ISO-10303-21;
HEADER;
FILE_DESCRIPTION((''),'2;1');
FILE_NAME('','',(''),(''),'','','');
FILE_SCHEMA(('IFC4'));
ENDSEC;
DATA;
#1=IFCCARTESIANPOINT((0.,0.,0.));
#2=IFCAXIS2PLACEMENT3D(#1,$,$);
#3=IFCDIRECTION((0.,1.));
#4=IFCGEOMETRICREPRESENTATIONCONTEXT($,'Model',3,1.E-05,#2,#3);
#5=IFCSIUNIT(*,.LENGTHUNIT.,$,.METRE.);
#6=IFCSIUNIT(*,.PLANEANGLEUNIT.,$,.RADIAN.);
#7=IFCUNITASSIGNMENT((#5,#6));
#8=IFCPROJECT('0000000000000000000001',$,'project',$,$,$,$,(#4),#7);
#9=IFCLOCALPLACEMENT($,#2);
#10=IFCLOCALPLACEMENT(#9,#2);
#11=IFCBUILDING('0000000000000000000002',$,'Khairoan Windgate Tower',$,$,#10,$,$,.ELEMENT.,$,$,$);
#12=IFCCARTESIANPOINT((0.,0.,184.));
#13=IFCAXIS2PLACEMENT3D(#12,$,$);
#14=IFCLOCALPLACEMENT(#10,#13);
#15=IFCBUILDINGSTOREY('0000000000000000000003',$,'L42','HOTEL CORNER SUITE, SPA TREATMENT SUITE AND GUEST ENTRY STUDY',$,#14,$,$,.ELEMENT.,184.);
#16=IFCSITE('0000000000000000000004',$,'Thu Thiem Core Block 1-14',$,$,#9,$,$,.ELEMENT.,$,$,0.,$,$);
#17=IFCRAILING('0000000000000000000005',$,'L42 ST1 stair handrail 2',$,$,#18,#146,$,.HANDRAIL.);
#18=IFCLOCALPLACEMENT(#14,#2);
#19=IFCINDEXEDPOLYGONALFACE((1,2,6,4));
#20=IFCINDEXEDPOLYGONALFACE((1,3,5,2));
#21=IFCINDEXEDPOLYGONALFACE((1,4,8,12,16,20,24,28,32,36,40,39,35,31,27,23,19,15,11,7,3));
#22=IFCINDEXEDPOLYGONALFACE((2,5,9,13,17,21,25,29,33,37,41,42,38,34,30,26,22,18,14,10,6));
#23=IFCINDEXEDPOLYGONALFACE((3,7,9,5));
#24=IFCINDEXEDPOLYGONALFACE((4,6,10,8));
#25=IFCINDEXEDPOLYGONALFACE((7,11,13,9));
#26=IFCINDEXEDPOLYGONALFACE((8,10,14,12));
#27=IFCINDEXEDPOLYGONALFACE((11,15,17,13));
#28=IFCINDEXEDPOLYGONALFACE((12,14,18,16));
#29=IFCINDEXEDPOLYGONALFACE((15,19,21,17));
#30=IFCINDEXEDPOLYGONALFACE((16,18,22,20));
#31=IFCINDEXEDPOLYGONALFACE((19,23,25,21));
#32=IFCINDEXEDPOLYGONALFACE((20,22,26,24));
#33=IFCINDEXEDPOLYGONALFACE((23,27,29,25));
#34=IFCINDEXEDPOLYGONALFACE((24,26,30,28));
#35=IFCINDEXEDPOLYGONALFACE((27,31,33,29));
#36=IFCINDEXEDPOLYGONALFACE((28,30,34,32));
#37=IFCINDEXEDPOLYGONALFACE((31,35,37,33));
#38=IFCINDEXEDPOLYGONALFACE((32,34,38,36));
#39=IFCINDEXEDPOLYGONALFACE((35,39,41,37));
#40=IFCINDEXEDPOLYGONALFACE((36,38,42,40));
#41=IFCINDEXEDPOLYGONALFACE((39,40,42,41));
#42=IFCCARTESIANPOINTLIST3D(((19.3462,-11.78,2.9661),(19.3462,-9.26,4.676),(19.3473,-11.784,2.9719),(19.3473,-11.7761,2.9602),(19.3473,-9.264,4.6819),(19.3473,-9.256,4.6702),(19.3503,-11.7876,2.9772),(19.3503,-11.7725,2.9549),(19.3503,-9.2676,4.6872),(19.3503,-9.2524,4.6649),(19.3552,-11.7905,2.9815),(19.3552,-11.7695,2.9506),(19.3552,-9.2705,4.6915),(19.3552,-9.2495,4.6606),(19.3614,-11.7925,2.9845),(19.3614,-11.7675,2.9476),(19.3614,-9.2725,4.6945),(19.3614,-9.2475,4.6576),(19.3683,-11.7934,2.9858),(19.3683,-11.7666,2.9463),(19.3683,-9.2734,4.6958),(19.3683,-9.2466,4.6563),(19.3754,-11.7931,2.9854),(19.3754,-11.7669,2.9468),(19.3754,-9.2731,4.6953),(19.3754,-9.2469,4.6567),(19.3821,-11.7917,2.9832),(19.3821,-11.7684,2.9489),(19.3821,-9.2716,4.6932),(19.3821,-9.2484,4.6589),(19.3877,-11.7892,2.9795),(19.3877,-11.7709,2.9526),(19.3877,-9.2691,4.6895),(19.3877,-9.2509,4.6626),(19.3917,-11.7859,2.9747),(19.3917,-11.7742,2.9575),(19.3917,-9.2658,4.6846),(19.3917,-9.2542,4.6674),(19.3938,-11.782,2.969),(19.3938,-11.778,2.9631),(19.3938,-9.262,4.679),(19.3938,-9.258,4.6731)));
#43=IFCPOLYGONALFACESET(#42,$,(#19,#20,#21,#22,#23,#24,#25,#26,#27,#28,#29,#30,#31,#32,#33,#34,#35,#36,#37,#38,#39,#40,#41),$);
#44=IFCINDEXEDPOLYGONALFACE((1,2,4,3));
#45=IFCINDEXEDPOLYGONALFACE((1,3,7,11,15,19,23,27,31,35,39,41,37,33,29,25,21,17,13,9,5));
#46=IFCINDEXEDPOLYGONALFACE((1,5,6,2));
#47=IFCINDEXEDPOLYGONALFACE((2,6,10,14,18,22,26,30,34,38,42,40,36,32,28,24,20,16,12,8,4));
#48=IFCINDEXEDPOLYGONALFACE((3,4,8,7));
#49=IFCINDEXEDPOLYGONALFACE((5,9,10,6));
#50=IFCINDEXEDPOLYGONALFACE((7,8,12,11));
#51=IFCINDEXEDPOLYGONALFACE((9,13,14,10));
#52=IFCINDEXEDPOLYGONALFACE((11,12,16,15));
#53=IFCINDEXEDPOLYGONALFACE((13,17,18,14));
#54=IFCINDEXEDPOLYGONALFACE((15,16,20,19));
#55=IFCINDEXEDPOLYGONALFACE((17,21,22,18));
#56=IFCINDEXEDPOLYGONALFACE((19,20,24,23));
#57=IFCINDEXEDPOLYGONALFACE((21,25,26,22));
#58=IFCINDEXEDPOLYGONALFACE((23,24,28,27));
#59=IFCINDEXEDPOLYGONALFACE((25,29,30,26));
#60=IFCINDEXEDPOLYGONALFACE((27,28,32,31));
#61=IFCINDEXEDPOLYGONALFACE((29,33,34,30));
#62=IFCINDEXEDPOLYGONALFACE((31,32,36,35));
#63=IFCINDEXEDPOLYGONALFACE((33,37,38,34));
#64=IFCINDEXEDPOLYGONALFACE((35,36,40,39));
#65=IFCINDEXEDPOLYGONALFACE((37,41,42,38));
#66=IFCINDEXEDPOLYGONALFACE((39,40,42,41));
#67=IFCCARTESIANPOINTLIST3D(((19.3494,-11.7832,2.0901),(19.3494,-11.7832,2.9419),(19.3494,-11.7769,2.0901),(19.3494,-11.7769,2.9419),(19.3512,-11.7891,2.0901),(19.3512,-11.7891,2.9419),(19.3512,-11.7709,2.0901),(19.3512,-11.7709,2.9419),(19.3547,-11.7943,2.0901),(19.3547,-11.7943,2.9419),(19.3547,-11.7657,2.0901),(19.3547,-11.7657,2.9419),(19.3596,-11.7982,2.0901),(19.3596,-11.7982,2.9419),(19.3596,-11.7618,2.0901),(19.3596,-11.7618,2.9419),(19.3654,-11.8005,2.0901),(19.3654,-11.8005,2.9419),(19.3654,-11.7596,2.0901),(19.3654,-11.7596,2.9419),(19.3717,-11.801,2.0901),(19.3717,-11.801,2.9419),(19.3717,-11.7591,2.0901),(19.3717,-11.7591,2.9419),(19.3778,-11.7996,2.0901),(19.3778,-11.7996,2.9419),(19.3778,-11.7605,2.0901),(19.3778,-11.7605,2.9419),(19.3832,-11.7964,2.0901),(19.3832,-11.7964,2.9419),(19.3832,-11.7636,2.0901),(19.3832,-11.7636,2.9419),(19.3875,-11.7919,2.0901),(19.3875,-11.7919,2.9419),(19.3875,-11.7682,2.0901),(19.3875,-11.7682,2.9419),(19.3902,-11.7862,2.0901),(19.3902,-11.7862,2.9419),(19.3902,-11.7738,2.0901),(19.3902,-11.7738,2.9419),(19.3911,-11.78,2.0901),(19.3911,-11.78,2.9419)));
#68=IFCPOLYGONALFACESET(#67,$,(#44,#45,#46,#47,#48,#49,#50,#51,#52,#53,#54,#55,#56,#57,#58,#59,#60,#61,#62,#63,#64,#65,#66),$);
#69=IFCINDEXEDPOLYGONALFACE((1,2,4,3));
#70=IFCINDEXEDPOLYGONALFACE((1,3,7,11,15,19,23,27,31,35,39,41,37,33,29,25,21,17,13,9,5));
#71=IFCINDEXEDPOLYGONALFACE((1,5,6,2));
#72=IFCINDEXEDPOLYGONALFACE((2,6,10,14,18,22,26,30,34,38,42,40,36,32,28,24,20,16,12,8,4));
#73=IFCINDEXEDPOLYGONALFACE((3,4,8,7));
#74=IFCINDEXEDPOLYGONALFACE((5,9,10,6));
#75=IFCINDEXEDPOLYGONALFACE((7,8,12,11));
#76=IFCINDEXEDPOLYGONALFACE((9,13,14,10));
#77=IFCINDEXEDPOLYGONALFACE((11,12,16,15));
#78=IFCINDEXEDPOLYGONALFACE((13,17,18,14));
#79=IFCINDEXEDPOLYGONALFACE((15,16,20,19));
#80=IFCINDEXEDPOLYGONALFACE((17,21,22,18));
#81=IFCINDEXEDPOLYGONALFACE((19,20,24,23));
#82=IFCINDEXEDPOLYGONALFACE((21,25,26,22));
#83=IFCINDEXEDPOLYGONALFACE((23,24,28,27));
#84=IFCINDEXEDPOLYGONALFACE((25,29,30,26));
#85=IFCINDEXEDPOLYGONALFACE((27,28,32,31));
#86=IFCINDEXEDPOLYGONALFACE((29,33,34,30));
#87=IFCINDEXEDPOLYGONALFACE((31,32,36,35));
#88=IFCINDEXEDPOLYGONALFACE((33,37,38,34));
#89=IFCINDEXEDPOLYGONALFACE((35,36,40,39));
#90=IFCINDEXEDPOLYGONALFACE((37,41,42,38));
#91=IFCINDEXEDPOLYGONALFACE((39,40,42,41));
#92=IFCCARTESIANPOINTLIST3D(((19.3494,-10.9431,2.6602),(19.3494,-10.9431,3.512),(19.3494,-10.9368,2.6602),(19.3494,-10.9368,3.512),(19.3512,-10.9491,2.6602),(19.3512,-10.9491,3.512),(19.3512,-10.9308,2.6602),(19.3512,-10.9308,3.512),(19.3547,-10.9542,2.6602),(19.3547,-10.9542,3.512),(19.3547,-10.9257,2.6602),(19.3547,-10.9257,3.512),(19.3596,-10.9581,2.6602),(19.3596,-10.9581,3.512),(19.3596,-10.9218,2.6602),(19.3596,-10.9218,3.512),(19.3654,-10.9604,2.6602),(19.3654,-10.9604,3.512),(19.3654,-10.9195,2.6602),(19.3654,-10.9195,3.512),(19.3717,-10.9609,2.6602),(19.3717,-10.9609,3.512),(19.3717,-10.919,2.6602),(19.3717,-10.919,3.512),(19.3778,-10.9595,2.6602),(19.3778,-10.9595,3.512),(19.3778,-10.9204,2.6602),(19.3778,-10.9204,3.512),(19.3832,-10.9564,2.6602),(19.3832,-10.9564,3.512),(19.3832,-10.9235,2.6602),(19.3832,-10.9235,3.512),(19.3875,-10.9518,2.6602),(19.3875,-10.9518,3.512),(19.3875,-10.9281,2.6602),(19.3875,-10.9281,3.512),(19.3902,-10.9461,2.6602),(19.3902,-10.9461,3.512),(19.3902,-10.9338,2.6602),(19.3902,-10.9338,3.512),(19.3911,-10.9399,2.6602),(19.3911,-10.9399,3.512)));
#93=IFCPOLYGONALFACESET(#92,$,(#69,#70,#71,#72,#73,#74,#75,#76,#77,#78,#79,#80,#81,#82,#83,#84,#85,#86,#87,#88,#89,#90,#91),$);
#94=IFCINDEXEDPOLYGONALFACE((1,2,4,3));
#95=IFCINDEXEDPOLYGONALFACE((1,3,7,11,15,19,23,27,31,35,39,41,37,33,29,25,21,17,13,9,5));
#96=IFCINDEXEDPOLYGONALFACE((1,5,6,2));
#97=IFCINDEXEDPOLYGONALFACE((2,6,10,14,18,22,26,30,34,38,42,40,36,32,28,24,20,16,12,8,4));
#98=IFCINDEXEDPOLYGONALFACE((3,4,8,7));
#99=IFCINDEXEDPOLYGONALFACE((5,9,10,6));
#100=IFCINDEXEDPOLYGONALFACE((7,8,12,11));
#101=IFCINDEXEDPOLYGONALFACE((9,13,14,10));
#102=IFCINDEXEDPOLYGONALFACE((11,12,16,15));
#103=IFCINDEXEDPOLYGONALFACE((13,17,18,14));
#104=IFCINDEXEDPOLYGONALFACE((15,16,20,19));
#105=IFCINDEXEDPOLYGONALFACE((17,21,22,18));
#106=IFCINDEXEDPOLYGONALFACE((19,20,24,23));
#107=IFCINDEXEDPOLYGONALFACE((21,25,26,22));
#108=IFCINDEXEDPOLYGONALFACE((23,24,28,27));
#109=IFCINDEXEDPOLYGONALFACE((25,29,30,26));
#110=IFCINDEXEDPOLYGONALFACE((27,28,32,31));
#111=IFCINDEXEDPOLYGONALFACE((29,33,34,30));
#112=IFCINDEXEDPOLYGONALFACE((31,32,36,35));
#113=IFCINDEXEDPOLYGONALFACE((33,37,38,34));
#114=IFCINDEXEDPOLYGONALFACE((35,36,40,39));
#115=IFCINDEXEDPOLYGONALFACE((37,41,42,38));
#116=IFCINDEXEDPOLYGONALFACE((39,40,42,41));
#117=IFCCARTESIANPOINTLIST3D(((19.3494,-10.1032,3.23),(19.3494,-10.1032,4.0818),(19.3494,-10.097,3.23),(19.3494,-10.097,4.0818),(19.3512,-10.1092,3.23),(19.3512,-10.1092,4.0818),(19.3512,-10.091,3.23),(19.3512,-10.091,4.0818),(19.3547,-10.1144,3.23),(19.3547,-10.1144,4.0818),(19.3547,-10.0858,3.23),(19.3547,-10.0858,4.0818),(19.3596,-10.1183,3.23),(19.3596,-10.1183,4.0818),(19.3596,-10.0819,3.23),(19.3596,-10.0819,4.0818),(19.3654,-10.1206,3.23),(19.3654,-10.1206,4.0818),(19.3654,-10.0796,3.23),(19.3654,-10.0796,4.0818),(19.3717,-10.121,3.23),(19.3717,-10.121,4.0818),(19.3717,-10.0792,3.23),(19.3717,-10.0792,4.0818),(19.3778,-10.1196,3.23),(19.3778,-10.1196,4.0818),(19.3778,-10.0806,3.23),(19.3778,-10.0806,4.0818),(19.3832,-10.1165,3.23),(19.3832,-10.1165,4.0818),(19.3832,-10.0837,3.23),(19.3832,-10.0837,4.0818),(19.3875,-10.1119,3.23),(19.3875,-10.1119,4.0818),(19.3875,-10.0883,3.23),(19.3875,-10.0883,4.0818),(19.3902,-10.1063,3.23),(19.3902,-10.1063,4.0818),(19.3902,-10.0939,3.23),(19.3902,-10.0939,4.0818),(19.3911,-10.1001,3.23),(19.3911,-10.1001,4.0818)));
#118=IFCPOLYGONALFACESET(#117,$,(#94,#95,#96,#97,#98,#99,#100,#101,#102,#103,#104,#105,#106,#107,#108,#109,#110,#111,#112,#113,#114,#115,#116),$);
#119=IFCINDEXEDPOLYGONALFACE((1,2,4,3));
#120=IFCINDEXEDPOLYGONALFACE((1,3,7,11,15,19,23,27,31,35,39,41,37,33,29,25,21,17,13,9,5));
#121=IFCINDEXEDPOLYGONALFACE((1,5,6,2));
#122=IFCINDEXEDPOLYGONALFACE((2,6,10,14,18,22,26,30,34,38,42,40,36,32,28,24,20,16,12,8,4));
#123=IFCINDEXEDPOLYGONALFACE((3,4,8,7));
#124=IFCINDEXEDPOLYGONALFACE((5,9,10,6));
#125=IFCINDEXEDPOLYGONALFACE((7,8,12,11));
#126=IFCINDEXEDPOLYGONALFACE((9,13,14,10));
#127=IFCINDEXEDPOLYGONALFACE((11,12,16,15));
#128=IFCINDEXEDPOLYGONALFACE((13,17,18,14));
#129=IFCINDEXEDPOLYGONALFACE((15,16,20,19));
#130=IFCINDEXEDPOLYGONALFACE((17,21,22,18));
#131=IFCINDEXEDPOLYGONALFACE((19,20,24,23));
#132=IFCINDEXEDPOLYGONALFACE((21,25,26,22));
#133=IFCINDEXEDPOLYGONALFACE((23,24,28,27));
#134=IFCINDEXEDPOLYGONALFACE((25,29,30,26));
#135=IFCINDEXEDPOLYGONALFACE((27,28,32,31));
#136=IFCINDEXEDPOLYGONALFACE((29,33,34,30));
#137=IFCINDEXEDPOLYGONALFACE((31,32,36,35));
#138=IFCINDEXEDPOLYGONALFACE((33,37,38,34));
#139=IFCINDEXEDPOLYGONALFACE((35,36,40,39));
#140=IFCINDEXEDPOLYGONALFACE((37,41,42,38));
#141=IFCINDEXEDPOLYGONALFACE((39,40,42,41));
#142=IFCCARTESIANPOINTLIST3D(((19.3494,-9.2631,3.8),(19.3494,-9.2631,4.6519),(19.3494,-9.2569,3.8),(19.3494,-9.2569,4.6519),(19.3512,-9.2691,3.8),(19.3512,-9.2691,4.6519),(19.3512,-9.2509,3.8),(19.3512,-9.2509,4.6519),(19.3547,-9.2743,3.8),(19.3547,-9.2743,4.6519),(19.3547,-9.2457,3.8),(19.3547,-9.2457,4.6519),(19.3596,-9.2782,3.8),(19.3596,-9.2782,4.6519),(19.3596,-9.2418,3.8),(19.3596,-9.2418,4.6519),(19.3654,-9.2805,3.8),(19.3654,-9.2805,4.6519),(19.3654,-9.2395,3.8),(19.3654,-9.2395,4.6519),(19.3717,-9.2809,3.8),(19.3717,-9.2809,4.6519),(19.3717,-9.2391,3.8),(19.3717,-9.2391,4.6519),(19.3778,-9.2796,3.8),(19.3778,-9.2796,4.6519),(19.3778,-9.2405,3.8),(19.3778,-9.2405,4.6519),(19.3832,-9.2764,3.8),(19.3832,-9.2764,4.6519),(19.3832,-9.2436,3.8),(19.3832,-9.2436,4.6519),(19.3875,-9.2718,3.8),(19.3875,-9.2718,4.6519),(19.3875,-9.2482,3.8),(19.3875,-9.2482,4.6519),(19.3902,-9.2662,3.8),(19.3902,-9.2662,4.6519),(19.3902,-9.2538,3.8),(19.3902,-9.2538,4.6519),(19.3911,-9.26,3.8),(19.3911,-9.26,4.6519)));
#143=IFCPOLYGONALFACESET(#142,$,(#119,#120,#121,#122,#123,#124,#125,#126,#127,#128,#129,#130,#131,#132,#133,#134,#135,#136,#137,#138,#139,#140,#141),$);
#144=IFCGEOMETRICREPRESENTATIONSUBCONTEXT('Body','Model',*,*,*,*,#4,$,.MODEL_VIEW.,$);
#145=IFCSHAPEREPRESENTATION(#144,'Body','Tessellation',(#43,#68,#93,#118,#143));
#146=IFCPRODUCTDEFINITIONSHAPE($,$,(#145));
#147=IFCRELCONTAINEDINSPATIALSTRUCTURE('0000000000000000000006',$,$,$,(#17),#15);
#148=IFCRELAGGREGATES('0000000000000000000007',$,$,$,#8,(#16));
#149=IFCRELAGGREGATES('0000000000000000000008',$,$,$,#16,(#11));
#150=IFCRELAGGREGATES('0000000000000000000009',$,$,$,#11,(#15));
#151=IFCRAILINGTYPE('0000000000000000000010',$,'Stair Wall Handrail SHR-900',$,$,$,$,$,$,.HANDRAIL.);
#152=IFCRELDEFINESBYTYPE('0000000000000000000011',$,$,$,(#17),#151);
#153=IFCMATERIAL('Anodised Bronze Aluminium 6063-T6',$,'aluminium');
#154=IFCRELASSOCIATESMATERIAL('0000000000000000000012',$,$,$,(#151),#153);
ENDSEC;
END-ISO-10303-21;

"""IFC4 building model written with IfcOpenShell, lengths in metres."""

from ifc_helpers import new_model, si_unit, direction, frame, origin, origin_2d, place, context, subcontext, project, spatial, circle, extrude, material, type_object, element, save


model = new_model("IFC4")

# Units and contexts
model_context = context("Model", 3, precision=1e-05, world=origin(), true_north=direction((0.0, 1.0)))
body_context = subcontext(model_context, "Body", "Model", "MODEL_VIEW")
ifc_project = project(units=[si_unit("LENGTHUNIT", "METRE"), si_unit("PLANEANGLEUNIT", "RADIAN")], contexts=[model_context])

# Site, building, storey
site_placement = place(None, origin())
site = spatial("IfcSite", under=ifc_project, at=site_placement, Name="Thu Thiem Core Block 1-14", CompositionType="ELEMENT", RefElevation=0.0)
building_placement = place(site_placement, origin())
building = spatial("IfcBuilding", under=site, at=building_placement, Name="Khairoan Windgate Tower", CompositionType="ELEMENT")
storey_placement = place(building_placement, frame((0.0, 0.0, 184.0)))
storey = spatial("IfcBuildingStorey", under=building, at=storey_placement, Name="L42", Description="HOTEL CORNER SUITE, SPA TREATMENT SUITE AND GUEST ENTRY STUDY", CompositionType="ELEMENT", Elevation=184.0)

# Railing
ifc_material_1 = material(Name="Anodised Bronze Aluminium 6063-T6", Category="aluminium")
railing_type_1 = type_object("IfcRailingType", Name="Stair Wall Handrail SHR-900", PredefinedType="HANDRAIL", material=ifc_material_1)
railing_1_placement = place(storey_placement, frame((19.3701, -11.78, 2.0901)))
element("IfcRailing", 1, at=railing_1_placement, inside=storey, type_object=railing_type_1, Name="L42 ST1 stair handrail 2", PredefinedType="HANDRAIL", context=body_context, shape_type="SweptSolid", body=[
    extrude(circle(Radius=0.0239, at=origin_2d()), frame((0.0, 0.0, 0.876), z_axis=(0.0, 0.827484, 0.56149), x_axis=(-1.0, 0.0, 0.0)), (0.0, 0.0, 1.0), 3.0454),
    extrude(circle(Radius=0.021, at=origin_2d()), origin(), (0.0, 0.0, 1.0), 0.8518),
    extrude(circle(Radius=0.021, at=origin_2d()), frame((0.0, 0.8401, 0.5701)), (0.0, 0.0, 1.0), 0.8518),
    extrude(circle(Radius=0.021, at=origin_2d()), frame((0.0, 1.6799, 1.1399)), (0.0, 0.0, 1.0), 0.8518),
    extrude(circle(Radius=0.021, at=origin_2d()), frame((0.0, 2.52, 1.71)), (0.0, 0.0, 1.0), 0.8518),
])

save(model, "model.ifc")
